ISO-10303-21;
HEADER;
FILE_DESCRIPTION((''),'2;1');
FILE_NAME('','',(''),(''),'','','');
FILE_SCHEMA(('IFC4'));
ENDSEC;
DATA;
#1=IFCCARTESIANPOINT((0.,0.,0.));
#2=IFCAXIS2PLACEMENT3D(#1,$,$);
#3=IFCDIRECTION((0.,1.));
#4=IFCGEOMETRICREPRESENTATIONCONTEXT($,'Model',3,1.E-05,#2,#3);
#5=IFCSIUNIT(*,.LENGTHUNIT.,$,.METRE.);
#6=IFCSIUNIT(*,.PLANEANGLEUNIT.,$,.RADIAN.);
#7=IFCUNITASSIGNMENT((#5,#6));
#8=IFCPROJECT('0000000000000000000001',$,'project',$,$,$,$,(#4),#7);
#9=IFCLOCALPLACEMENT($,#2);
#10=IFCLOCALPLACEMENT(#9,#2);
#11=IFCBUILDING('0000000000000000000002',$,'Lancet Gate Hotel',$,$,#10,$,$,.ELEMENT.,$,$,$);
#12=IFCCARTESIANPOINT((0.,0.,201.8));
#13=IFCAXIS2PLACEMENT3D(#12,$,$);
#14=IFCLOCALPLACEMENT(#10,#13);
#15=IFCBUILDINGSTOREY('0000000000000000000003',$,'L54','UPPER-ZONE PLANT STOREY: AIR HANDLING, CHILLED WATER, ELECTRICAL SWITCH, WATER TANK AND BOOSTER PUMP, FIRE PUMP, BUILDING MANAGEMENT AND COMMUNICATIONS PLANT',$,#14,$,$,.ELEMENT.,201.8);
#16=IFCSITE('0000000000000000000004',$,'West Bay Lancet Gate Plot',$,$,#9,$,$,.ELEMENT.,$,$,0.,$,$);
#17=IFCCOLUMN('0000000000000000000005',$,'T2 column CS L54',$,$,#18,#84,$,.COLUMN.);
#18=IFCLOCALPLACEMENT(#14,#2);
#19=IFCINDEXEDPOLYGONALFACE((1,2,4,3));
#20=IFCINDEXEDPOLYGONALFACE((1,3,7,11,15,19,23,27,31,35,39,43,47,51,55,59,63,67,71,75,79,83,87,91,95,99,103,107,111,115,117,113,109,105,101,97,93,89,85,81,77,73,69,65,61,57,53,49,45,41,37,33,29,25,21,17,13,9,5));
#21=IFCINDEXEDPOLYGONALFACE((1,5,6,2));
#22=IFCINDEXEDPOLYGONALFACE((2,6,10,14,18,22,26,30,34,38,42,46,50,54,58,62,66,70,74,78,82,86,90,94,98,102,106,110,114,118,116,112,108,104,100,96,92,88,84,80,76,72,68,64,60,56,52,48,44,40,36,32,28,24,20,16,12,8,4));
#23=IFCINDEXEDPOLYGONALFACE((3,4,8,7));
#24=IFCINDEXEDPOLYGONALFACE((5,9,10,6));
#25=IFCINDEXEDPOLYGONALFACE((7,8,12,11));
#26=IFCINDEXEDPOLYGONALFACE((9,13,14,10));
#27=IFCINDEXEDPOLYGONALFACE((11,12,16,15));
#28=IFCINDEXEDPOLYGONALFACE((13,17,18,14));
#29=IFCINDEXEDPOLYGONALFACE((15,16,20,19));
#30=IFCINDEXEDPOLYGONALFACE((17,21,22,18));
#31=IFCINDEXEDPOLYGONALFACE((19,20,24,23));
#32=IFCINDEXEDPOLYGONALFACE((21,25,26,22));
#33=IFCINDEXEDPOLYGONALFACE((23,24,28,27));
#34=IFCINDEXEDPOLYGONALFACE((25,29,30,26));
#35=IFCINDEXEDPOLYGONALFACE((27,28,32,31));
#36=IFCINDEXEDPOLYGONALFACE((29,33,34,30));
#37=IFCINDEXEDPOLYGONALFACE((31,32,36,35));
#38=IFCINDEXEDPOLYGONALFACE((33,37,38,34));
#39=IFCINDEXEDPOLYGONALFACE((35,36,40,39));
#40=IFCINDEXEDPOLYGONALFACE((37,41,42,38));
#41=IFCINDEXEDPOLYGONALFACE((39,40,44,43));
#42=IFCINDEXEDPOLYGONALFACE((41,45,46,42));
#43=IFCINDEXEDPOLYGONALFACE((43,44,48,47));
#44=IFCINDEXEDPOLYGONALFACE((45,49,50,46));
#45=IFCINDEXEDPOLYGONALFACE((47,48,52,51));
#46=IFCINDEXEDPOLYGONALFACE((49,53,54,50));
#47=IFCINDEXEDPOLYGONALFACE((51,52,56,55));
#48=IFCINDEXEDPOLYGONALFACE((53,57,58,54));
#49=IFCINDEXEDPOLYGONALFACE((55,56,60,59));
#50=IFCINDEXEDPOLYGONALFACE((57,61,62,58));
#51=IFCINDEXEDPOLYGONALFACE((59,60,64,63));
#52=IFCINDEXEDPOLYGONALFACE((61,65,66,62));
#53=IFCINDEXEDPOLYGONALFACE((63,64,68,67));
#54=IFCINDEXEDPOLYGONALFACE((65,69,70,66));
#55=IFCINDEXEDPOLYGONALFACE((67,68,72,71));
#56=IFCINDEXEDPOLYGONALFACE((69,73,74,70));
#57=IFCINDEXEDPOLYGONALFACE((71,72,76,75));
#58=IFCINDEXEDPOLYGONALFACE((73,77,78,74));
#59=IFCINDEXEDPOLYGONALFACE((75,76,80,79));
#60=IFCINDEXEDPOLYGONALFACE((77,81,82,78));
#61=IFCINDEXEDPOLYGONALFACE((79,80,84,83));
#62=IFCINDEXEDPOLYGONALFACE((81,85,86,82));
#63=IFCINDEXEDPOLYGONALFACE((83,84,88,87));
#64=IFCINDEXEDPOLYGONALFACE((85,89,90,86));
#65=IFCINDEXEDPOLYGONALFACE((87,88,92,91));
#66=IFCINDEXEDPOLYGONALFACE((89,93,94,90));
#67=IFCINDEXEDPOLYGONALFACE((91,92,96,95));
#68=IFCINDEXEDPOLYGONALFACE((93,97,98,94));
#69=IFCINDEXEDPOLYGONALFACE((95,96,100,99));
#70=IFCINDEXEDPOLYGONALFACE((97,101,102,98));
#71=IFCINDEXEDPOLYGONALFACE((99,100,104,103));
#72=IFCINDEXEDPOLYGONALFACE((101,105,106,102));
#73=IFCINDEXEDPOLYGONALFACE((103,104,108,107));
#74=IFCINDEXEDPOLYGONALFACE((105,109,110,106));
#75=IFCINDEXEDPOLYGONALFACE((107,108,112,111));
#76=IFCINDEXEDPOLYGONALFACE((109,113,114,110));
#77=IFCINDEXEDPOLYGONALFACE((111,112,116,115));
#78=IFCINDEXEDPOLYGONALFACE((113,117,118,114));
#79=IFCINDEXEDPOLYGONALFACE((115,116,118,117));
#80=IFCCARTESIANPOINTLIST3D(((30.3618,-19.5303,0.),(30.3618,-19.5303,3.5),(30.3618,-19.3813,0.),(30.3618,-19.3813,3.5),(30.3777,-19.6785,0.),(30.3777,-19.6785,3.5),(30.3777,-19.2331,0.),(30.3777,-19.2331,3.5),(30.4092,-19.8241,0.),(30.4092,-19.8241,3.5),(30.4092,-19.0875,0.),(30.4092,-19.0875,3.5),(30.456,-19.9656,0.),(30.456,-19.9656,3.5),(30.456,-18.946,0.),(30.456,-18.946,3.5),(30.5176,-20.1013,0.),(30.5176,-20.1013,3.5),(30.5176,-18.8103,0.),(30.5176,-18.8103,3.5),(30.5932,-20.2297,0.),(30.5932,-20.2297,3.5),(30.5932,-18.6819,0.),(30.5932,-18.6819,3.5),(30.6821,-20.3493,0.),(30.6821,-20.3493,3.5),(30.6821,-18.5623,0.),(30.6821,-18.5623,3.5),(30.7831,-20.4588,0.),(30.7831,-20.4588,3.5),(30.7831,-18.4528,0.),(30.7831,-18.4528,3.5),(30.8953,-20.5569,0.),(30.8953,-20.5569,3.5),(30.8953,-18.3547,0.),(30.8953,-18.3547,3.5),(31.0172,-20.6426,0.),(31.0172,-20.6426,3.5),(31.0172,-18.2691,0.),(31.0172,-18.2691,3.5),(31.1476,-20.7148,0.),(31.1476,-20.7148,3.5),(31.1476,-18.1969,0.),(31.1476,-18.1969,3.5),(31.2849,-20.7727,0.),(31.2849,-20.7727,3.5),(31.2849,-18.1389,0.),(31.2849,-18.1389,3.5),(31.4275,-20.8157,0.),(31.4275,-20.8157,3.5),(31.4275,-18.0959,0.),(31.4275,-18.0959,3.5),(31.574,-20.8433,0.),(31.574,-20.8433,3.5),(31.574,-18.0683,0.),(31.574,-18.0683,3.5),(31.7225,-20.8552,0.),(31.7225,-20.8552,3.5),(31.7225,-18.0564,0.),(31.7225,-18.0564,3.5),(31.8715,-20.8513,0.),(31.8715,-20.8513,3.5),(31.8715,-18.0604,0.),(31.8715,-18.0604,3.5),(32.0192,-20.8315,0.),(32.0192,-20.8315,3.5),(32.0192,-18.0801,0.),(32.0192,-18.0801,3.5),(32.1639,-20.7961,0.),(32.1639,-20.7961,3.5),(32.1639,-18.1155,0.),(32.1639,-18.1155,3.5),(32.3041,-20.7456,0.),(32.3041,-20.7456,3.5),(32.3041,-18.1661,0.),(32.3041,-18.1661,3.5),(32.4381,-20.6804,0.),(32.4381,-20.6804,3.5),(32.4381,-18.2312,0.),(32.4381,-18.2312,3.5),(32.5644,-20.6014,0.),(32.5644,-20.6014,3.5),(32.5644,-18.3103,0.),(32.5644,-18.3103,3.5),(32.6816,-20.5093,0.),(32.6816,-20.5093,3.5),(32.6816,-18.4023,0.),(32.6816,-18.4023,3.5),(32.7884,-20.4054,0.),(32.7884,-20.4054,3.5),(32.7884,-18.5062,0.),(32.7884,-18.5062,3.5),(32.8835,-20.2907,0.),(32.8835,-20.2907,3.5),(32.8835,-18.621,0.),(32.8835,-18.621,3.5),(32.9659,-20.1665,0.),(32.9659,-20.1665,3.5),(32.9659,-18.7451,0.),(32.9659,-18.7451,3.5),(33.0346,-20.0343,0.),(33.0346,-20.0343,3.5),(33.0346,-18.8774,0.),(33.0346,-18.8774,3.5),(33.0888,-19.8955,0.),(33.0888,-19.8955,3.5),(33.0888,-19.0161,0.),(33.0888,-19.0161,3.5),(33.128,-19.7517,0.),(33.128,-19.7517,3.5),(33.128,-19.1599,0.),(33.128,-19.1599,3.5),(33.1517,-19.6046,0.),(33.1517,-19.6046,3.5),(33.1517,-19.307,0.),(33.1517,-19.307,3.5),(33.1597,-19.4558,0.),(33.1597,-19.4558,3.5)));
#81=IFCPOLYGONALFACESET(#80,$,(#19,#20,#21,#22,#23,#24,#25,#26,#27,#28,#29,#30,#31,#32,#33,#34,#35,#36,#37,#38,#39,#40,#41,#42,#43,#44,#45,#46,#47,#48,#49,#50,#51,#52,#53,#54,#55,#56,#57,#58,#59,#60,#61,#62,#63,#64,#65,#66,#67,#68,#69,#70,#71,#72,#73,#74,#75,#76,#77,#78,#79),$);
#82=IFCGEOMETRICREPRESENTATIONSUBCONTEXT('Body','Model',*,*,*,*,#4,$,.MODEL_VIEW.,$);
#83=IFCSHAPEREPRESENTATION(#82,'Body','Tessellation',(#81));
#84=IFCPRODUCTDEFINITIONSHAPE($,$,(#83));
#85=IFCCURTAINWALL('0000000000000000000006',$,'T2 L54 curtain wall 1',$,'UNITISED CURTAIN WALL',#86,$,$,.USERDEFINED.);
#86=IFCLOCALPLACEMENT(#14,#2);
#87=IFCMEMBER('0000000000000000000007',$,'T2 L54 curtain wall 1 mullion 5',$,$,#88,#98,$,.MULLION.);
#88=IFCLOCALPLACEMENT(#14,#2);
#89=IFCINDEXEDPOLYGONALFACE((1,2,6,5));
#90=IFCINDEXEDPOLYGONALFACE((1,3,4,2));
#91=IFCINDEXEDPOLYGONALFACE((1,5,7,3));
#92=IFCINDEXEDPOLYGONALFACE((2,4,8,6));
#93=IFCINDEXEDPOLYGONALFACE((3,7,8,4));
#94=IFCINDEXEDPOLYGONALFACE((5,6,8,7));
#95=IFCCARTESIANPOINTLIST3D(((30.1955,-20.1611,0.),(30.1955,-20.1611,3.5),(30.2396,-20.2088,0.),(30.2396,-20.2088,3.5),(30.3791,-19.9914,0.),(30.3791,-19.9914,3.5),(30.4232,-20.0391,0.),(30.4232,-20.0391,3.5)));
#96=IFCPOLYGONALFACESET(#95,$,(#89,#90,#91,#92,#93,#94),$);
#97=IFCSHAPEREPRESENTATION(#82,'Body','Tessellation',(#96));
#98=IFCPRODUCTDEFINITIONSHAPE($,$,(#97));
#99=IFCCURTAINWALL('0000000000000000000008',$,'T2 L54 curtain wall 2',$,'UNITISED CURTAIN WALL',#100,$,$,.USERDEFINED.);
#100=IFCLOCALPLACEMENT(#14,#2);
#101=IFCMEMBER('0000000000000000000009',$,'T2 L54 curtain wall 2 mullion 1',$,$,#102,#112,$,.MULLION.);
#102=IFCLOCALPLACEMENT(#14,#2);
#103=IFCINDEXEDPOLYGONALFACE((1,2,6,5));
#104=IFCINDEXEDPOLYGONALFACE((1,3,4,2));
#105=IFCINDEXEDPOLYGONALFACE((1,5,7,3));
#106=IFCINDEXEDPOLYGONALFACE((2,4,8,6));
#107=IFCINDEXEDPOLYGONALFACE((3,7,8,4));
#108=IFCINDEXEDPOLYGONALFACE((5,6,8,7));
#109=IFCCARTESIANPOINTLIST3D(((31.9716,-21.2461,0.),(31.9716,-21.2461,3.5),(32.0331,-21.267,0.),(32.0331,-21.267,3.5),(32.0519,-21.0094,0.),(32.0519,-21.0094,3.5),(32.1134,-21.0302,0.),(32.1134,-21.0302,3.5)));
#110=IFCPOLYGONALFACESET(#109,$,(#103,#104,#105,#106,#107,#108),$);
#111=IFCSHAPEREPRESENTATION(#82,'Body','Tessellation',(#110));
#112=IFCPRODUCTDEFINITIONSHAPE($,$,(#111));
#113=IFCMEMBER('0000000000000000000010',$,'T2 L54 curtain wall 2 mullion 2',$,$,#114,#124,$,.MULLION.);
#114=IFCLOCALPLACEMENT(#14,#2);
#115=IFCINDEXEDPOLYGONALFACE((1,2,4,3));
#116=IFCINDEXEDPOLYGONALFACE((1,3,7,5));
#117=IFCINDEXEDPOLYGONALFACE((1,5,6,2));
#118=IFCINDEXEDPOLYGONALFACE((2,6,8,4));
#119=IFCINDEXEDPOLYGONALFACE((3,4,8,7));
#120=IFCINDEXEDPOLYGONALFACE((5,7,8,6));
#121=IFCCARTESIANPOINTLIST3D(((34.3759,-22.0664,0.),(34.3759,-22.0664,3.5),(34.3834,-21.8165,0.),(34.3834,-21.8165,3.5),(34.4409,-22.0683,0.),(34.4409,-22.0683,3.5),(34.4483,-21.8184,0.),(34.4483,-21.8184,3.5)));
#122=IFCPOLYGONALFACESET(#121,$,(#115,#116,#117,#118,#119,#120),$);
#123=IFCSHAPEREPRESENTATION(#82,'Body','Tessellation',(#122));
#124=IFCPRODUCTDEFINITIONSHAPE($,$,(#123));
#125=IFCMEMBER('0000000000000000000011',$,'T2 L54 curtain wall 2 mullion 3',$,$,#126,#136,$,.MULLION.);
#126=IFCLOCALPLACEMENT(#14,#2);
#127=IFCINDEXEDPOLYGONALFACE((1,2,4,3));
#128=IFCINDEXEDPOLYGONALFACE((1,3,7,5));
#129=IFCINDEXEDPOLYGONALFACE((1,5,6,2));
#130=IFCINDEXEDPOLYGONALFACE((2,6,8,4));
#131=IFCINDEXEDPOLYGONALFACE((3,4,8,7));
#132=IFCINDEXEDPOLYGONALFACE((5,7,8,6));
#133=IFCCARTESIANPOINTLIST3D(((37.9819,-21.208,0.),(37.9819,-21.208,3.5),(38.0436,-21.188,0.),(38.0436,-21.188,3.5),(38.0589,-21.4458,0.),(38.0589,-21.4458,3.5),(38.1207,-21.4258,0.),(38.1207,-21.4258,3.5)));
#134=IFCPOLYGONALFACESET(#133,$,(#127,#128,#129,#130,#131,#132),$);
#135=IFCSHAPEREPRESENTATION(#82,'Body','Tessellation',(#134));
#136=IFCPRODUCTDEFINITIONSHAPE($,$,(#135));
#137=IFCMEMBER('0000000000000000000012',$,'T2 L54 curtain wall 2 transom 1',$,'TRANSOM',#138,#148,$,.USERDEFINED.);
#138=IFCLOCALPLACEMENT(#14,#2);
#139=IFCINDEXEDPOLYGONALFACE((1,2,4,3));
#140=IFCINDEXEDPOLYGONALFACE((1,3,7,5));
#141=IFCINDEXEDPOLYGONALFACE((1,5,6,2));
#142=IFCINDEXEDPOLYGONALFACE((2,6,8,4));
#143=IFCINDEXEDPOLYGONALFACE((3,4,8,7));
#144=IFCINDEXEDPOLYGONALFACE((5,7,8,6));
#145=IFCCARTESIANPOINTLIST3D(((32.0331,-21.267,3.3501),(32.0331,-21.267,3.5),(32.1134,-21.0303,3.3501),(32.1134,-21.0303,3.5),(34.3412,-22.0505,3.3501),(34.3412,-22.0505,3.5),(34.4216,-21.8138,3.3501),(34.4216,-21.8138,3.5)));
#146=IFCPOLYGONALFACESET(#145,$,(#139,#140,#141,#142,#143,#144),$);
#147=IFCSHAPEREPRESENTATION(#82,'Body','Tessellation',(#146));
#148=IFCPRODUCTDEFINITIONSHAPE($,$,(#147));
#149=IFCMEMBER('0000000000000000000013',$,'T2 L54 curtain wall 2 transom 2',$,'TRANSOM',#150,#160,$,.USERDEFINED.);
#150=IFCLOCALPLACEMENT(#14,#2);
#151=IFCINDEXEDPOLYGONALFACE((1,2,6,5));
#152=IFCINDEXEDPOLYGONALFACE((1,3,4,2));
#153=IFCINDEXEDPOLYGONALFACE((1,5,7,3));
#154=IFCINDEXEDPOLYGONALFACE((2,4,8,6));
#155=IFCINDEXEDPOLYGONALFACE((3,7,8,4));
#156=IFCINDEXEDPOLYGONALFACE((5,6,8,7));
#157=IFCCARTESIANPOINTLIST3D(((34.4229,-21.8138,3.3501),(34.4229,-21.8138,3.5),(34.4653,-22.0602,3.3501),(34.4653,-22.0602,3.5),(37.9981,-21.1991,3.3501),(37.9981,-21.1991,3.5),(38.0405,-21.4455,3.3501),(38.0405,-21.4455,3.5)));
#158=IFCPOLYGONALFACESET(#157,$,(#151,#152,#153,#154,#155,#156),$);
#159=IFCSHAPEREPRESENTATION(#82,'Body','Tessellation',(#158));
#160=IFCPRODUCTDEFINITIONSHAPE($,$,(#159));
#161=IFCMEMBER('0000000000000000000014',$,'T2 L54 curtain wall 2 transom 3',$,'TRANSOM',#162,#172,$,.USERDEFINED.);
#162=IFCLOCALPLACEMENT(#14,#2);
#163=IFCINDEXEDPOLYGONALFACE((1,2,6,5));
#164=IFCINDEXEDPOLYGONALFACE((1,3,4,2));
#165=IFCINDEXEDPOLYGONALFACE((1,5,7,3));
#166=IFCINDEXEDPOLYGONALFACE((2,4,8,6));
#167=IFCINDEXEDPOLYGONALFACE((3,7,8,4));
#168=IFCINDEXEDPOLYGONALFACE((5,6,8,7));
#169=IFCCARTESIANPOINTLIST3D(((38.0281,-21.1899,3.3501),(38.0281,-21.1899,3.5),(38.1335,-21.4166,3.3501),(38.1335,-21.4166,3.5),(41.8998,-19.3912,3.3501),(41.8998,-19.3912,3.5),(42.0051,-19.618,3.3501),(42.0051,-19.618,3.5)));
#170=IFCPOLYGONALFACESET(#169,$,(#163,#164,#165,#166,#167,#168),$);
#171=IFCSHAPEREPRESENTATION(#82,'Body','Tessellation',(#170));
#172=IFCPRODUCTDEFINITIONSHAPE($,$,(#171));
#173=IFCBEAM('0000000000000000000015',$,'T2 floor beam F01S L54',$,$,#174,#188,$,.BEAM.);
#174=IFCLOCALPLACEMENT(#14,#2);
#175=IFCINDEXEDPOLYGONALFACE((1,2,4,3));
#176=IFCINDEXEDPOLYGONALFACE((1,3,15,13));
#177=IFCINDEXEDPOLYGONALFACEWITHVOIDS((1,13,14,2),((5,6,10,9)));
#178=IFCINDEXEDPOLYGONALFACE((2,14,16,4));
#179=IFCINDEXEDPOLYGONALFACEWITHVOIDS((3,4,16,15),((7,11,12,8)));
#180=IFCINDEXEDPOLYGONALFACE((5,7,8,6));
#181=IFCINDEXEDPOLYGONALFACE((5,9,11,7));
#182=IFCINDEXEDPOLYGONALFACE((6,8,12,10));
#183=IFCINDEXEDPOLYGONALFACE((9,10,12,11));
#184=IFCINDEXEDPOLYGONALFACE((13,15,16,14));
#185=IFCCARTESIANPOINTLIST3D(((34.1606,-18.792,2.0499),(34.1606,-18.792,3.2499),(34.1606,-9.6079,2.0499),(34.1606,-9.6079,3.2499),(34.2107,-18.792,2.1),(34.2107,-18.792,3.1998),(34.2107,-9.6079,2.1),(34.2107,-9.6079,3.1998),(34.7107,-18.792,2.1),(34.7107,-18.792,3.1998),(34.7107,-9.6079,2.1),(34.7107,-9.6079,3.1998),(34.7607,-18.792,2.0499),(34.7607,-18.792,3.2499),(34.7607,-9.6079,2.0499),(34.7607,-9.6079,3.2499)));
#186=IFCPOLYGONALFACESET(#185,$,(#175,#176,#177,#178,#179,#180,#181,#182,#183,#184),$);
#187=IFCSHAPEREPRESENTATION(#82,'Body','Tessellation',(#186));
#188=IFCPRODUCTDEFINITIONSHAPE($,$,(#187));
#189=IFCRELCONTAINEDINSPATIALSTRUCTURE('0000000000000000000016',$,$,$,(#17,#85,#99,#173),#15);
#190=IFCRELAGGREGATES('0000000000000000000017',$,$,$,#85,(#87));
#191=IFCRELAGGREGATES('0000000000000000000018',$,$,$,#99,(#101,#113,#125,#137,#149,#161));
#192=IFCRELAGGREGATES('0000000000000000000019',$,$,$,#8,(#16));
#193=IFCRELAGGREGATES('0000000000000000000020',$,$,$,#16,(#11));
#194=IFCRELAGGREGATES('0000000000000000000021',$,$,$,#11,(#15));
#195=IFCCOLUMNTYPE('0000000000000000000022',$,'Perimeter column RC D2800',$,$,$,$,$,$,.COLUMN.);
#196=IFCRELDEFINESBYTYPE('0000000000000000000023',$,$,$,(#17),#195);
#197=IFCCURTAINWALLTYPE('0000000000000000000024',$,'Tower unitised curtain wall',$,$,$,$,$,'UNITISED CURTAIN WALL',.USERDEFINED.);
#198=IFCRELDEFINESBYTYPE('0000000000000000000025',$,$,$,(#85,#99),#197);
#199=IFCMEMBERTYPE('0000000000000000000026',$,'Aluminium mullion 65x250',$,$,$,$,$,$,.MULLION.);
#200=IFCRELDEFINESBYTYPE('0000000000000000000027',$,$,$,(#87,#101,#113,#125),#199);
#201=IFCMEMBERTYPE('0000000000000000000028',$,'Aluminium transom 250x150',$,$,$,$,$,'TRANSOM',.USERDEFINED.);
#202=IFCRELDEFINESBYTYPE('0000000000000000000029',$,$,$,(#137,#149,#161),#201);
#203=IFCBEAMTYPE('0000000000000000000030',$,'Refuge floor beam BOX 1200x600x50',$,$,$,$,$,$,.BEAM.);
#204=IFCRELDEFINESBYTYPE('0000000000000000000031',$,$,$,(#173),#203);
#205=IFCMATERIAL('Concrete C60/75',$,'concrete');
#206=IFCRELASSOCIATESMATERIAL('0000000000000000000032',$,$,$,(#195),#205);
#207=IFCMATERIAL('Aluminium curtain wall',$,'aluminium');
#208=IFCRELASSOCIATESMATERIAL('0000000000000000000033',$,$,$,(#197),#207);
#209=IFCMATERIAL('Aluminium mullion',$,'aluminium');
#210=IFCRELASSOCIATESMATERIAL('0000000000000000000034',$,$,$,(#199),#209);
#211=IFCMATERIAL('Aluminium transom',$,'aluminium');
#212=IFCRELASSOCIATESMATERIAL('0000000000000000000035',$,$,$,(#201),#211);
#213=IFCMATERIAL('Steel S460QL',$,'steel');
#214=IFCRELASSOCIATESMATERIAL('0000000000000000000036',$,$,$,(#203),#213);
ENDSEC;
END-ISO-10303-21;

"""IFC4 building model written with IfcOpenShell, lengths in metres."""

from ifc_helpers import new_model, si_unit, direction, frame, origin, origin_2d, place, context, subcontext, project, spatial, rectangle, hollow_rectangle, circle, extrude, material, material_profile, profile_set, type_object, element, aggregate, save


model = new_model("IFC4")

# Units and contexts
model_context = context("Model", 3, precision=1e-05, world=origin(), true_north=direction((0.0, 1.0)))
body_context = subcontext(model_context, "Body", "Model", "MODEL_VIEW")
ifc_project = project(units=[si_unit("LENGTHUNIT", "METRE"), si_unit("PLANEANGLEUNIT", "RADIAN")], contexts=[model_context])

# Site, building, storey
site_placement = place(None, origin())
site = spatial("IfcSite", under=ifc_project, at=site_placement, Name="West Bay Lancet Gate Plot", CompositionType="ELEMENT", RefElevation=0.0)
building_placement = place(site_placement, origin())
building = spatial("IfcBuilding", under=site, at=building_placement, Name="Lancet Gate Hotel", CompositionType="ELEMENT")
storey_placement = place(building_placement, frame((0.0, 0.0, 201.8)))
storey = spatial("IfcBuildingStorey", under=building, at=storey_placement, Name="L54", Description="UPPER-ZONE PLANT STOREY: AIR HANDLING, CHILLED WATER, ELECTRICAL SWITCH, WATER TANK AND BOOSTER PUMP, FIRE PUMP, BUILDING MANAGEMENT AND COMMUNICATIONS PLANT", CompositionType="ELEMENT", Elevation=201.8)

# Column
ifc_material_1 = material(Name="Concrete C60/75", Category="concrete")
ifc_material_profile_1 = material_profile(ifc_material_1, circle(Radius=1.3999, at=origin_2d()), Name="RC D2800")
ifc_profile_set_1 = profile_set([ifc_material_profile_1], Name="Concrete C60/75")
column_type = type_object("IfcColumnType", Name="Perimeter column RC D2800", PredefinedType="COLUMN", material=ifc_profile_set_1)
column_placement = place(storey_placement, frame((31.7598, -19.4558, 0.0), z_axis=(0.0, 0.0, 1.0), x_axis=(1.0, 0.0, 0.0)))
element("IfcColumn", 1, at=column_placement, inside=storey, type_object=column_type, Name="T2 column CS L54", PredefinedType="COLUMN", context=body_context, shape_type="SweptSolid", body=[
    extrude(circle(Radius=1.3999, at=origin_2d()), origin(), (0.0, 0.0, 1.0), 3.5),
])

# Curtain wall, member
ifc_material_2 = material(Name="Aluminium curtain wall", Category="aluminium")
curtain_wall_type = type_object("IfcCurtainWallType", Name="Tower unitised curtain wall", ElementType="UNITISED CURTAIN WALL", PredefinedType="USERDEFINED", material=ifc_material_2)
curtain_wall_1_placement = place(storey_placement, origin())
curtain_wall_1 = element("IfcCurtainWall", 2, at=curtain_wall_1_placement, inside=storey, type_object=curtain_wall_type, Name="T2 L54 curtain wall 1", ObjectType="UNITISED CURTAIN WALL", PredefinedType="USERDEFINED")
ifc_material_3 = material(Name="Aluminium mullion", Category="aluminium")
ifc_material_profile_2 = material_profile(ifc_material_3, rectangle(XDim=0.0649, YDim=0.25, at=origin_2d()), Name="MULLION 65x250")
ifc_profile_set_2 = profile_set([ifc_material_profile_2], Name="Aluminium mullion")
member_type_1 = type_object("IfcMemberType", Name="Aluminium mullion 65x250", PredefinedType="MULLION", material=ifc_profile_set_2)
member_1_placement = place(storey_placement, frame((30.3093, -20.1001, 0.0), z_axis=(0.0, 0.0, 1.0), x_axis=(0.678831, -0.734294, 0.0)))
member_1 = element("IfcMember", 3, at=member_1_placement, type_object=member_type_1, Name="T2 L54 curtain wall 1 mullion 5", PredefinedType="MULLION", context=body_context, shape_type="SweptSolid", body=[
    extrude(rectangle(XDim=0.0649, YDim=0.25, at=origin_2d()), origin(), (0.0, 0.0, 1.0), 3.5),
])
aggregate(curtain_wall_1, [member_1])

# Curtain wall, members
curtain_wall_2_placement = place(storey_placement, origin())
curtain_wall_2 = element("IfcCurtainWall", 4, at=curtain_wall_2_placement, inside=storey, type_object=curtain_wall_type, Name="T2 L54 curtain wall 2", ObjectType="UNITISED CURTAIN WALL", PredefinedType="USERDEFINED")
member_2_placement = place(storey_placement, frame((32.0425, -21.1382, 0.0), z_axis=(0.0, 0.0, 1.0), x_axis=(0.946952, -0.321374, 0.0)))
member_2 = element("IfcMember", 5, at=member_2_placement, type_object=member_type_1, Name="T2 L54 curtain wall 2 mullion 1", PredefinedType="MULLION", context=body_context, shape_type="SweptSolid", body=[
    extrude(rectangle(XDim=0.0649, YDim=0.25, at=origin_2d()), origin(), (0.0, 0.0, 1.0), 3.5),
])
member_3_placement = place(storey_placement, frame((34.4121, -21.9424, 0.0), z_axis=(0.0, 0.0, 1.0), x_axis=(0.999559, -0.029701, 0.0)))
member_3 = element("IfcMember", 6, at=member_3_placement, type_object=member_type_1, Name="T2 L54 curtain wall 2 mullion 2", PredefinedType="MULLION", context=body_context, shape_type="SweptSolid", body=[
    extrude(rectangle(XDim=0.0649, YDim=0.25, at=origin_2d()), origin(), (0.0, 0.0, 1.0), 3.5),
])
member_4_placement = place(storey_placement, frame((38.0513, -21.3169, 0.0), z_axis=(0.0, 0.0, 1.0), x_axis=(0.951355, 0.308095, 0.0)))
member_4 = element("IfcMember", 7, at=member_4_placement, type_object=member_type_1, Name="T2 L54 curtain wall 2 mullion 3", PredefinedType="MULLION", context=body_context, shape_type="SweptSolid", body=[
    extrude(rectangle(XDim=0.0649, YDim=0.25, at=origin_2d()), origin(), (0.0, 0.0, 1.0), 3.5),
])
ifc_material_4 = material(Name="Aluminium transom", Category="aluminium")
ifc_material_profile_3 = material_profile(ifc_material_4, rectangle(XDim=0.25, YDim=0.1499, at=origin_2d()), Name="TRANSOM 250x150")
ifc_profile_set_3 = profile_set([ifc_material_profile_3], Name="Aluminium transom")
member_type_2 = type_object("IfcMemberType", Name="Aluminium transom 250x150", ElementType="TRANSOM", PredefinedType="USERDEFINED", material=ifc_profile_set_3)
member_5_placement = place(storey_placement, frame((32.0732, -21.1487, 3.425), z_axis=(0.946936, -0.321421, 0.0), x_axis=(0.321421, 0.946936, 0.0)))
member_5 = element("IfcMember", 8, at=member_5_placement, type_object=member_type_2, Name="T2 L54 curtain wall 2 transom 1", ObjectType="TRANSOM", PredefinedType="USERDEFINED", context=body_context, shape_type="SweptSolid", body=[
    extrude(rectangle(XDim=0.25, YDim=0.1499, at=origin_2d()), origin(), (0.0, 0.0, 1.0), 2.4375),
])
member_6_placement = place(storey_placement, frame((34.4441, -21.937, 3.425), z_axis=(0.985537, 0.169461, 0.0), x_axis=(-0.169461, 0.985537, 0.0)))
member_6 = element("IfcMember", 9, at=member_6_placement, type_object=member_type_2, Name="T2 L54 curtain wall 2 transom 2", ObjectType="TRANSOM", PredefinedType="USERDEFINED", context=body_context, shape_type="SweptSolid", body=[
    extrude(rectangle(XDim=0.25, YDim=0.1499, at=origin_2d()), origin(), (0.0, 0.0, 1.0), 3.6277),
])
member_7_placement = place(storey_placement, frame((38.0808, -21.3032, 3.425), z_axis=(0.906914, 0.421316, 0.0), x_axis=(-0.421316, 0.906914, 0.0)))
member_7 = element("IfcMember", 10, at=member_7_placement, type_object=member_type_2, Name="T2 L54 curtain wall 2 transom 3", ObjectType="TRANSOM", PredefinedType="USERDEFINED", context=body_context, shape_type="SweptSolid", body=[
    extrude(rectangle(XDim=0.25, YDim=0.1499, at=origin_2d()), origin(), (0.0, 0.0, 1.0), 4.269),
])

# Beam
ifc_material_5 = material(Name="Steel S460QL", Category="steel")
ifc_material_profile_4 = material_profile(ifc_material_5, hollow_rectangle(XDim=0.6001, YDim=1.2, WallThickness=0.05, at=origin_2d()), Name="BOX 1200x600x50")
ifc_profile_set_4 = profile_set([ifc_material_profile_4], Name="Steel S460QL")
beam_type_1 = type_object("IfcBeamType", Name="Refuge floor beam BOX 1200x600x50", PredefinedType="BEAM", material=ifc_profile_set_4)
beam_1_placement = place(storey_placement, frame((34.4607, -18.792, 2.6499), z_axis=(0.0, 1.0, 0.0), x_axis=(-1.0, 0.0, 0.0)))
element("IfcBeam", 11, at=beam_1_placement, inside=storey, type_object=beam_type_1, Name="T2 floor beam F01S L54", PredefinedType="BEAM", context=body_context, shape_type="SweptSolid", body=[
    extrude(hollow_rectangle(XDim=0.6001, YDim=1.2, WallThickness=0.05, at=origin_2d()), origin(), (0.0, 0.0, 1.0), 9.1841),
])

aggregate(curtain_wall_2, [member_2, member_3, member_4, member_5, member_6, member_7])

save(model, "model.ifc")
